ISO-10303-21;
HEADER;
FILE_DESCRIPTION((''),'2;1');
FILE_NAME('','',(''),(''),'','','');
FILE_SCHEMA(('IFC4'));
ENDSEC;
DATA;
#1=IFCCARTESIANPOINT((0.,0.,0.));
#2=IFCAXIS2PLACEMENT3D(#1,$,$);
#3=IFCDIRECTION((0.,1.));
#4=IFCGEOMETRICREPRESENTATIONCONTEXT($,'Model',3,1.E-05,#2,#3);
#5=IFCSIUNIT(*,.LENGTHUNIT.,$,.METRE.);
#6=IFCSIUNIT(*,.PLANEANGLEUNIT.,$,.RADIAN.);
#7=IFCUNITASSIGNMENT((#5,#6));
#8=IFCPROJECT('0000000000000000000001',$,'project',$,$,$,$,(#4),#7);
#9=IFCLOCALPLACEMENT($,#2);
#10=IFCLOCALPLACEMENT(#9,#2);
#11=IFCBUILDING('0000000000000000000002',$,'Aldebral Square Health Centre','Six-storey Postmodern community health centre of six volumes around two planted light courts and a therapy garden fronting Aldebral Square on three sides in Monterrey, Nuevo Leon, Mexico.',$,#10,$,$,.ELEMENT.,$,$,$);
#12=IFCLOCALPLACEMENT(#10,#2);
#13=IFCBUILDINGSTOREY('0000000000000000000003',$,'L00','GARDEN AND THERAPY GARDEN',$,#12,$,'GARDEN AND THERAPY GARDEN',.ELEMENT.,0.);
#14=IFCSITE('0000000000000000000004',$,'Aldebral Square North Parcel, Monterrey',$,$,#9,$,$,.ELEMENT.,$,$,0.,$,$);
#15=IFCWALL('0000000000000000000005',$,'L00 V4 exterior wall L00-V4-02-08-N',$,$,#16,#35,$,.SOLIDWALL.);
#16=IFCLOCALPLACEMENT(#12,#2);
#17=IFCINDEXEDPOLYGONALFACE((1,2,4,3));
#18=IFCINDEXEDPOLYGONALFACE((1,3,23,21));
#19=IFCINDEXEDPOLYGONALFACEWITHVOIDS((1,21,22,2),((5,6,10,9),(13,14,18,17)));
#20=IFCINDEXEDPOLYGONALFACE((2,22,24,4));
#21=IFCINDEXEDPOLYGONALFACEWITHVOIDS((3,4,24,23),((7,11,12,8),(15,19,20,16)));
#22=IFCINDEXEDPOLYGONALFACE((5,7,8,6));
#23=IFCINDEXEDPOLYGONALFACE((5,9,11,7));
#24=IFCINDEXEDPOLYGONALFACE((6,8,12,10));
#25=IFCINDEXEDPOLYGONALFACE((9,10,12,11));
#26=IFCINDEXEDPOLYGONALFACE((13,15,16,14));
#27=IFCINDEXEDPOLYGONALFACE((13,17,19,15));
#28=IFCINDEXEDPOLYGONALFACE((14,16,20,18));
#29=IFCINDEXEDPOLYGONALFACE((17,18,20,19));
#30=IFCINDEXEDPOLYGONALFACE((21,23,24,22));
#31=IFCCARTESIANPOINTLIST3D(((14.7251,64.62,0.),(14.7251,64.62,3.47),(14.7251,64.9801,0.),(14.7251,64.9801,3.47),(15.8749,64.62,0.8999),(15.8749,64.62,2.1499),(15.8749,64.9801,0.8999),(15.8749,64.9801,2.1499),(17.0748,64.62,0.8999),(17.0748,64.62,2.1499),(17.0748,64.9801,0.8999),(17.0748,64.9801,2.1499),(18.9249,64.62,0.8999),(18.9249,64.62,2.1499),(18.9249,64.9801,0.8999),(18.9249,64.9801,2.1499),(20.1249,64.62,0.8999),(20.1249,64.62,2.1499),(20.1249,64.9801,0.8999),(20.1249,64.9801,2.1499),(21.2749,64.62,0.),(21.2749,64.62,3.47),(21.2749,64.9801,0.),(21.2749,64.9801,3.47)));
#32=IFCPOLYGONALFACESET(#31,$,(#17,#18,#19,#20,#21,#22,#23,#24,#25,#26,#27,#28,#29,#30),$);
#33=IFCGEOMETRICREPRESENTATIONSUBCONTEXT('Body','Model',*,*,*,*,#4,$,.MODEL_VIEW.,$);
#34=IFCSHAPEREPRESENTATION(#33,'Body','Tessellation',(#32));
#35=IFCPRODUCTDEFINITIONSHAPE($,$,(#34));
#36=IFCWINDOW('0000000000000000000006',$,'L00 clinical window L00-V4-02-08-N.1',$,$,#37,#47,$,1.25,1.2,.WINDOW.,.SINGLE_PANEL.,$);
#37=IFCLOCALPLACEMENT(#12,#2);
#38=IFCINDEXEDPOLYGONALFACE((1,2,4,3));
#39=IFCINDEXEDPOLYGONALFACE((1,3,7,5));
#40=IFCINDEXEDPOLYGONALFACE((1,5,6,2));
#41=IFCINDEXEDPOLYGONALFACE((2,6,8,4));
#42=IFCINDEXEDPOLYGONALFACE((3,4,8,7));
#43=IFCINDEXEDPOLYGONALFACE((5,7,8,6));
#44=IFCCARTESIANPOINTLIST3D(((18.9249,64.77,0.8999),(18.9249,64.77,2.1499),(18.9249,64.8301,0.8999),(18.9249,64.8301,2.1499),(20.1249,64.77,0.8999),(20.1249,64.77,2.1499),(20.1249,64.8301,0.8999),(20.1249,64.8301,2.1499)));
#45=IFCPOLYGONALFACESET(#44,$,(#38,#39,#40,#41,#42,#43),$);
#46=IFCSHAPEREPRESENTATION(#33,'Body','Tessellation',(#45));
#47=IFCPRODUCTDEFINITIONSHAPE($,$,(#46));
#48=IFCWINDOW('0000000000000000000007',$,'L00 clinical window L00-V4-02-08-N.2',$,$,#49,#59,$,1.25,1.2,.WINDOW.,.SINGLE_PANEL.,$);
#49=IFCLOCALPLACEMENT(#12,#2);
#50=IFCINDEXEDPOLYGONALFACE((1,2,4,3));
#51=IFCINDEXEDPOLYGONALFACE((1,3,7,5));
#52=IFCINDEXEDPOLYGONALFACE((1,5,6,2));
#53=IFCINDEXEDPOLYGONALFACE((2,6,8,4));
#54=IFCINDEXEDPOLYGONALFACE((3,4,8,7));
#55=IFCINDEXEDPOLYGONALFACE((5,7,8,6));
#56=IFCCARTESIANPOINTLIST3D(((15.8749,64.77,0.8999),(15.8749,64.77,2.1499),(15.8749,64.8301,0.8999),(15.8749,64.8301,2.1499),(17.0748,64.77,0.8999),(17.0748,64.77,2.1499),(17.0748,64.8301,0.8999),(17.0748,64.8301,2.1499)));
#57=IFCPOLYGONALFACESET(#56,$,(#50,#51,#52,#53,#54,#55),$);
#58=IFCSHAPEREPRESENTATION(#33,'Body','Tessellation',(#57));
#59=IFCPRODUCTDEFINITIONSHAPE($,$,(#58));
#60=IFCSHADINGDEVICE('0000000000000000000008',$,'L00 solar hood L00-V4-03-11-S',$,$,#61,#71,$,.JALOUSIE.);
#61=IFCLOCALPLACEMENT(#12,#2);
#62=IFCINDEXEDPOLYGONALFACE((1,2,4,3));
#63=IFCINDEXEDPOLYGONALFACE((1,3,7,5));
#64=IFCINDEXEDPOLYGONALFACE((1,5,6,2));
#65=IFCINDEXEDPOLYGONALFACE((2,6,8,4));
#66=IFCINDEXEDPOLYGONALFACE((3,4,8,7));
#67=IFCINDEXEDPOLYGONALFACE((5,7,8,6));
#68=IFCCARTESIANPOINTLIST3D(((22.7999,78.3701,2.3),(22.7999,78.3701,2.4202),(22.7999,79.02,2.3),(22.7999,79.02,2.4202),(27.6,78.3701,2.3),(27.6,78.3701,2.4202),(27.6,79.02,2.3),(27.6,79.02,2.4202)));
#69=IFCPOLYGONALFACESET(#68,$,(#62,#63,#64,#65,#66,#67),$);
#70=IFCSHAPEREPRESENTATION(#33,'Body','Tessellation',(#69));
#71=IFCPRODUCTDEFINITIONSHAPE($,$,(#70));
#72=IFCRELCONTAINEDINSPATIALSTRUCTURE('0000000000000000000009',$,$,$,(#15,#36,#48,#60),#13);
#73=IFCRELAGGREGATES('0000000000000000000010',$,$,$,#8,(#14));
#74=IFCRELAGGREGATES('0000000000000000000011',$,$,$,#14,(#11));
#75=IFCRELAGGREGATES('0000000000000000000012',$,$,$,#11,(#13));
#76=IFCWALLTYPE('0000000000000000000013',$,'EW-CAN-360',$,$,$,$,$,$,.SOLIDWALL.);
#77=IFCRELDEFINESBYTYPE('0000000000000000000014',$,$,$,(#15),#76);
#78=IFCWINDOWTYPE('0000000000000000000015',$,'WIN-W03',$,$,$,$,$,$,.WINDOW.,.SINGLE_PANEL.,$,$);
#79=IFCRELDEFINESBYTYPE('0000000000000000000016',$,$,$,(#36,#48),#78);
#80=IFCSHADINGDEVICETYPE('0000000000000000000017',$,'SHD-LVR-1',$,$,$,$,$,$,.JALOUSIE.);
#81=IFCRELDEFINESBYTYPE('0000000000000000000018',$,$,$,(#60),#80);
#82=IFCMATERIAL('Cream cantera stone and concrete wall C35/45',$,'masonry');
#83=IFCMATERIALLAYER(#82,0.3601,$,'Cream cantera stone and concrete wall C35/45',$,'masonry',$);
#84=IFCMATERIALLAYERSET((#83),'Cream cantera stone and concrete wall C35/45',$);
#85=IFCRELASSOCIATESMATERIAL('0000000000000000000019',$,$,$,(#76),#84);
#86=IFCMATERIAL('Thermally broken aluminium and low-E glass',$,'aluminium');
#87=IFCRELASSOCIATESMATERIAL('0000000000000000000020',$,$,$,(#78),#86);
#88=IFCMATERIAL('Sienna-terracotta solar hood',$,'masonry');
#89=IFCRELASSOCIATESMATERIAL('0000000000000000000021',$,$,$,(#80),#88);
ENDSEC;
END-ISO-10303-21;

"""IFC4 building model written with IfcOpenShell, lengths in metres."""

from ifc_helpers import new_model, si_unit, direction, frame, frame_2d, origin, origin_2d, place, context, subcontext, project, spatial, rectangle, extrude, material, layer, layer_set, type_object, element, fill, save


model = new_model("IFC4")

# Units and contexts
model_context = context("Model", 3, precision=1e-05, world=origin(), true_north=direction((0.0, 1.0)))
body_context = subcontext(model_context, "Body", "Model", "MODEL_VIEW")
ifc_project = project(units=[si_unit("LENGTHUNIT", "METRE"), si_unit("PLANEANGLEUNIT", "RADIAN")], contexts=[model_context])

# Site, building, storey
site_placement = place(None, origin())
site = spatial("IfcSite", under=ifc_project, at=site_placement, Name="Aldebral Square North Parcel, Monterrey", CompositionType="ELEMENT", RefElevation=0.0)
building_placement = place(site_placement, origin())
building = spatial("IfcBuilding", under=site, at=building_placement, Name="Aldebral Square Health Centre", Description="Six-storey Postmodern community health centre of six volumes around two planted light courts and a therapy garden fronting Aldebral Square on three sides in Monterrey, Nuevo Leon, Mexico.", CompositionType="ELEMENT")
storey_placement = place(building_placement, origin())
storey = spatial("IfcBuildingStorey", under=building, at=storey_placement, Name="L00", Description="GARDEN AND THERAPY GARDEN", LongName="GARDEN AND THERAPY GARDEN", CompositionType="ELEMENT", Elevation=0.0)

# Wall, openings, windows
ifc_material_1 = material(Name="Cream cantera stone and concrete wall C35/45", Category="masonry")
ifc_layer_1 = layer(ifc_material_1, 0.3601, Name="Cream cantera stone and concrete wall C35/45", Category="masonry")
ifc_layer_set_1 = layer_set([ifc_layer_1], Name="Cream cantera stone and concrete wall C35/45")
wall_type = type_object("IfcWallType", Name="EW-CAN-360", PredefinedType="SOLIDWALL", material=ifc_layer_set_1)
wall_placement = place(storey_placement, frame((21.2749, 64.8, 0.0), z_axis=(0.0, 0.0, 1.0), x_axis=(-1.0, 0.0, 0.0)))
wall = element("IfcWall", 1, at=wall_placement, inside=storey, type_object=wall_type, Name="L00 V4 exterior wall L00-V4-02-08-N", PredefinedType="SOLIDWALL", context=body_context, shape_type="SweptSolid", body=[
    extrude(rectangle(XDim=6.5498, YDim=0.3601, at=frame_2d((3.2749, 0.0))), origin(), (0.0, 0.0, 1.0), 3.47),
])
opening_1_placement = place(wall_placement, frame((1.1499, 0.0, 0.8999)))
opening_1 = element("IfcOpeningElement", 2, at=opening_1_placement, cuts=wall, PredefinedType="OPENING", context=body_context, shape_type="SweptSolid", body=[
    extrude(rectangle(XDim=1.2, YDim=1.25, at=frame_2d((0.6001, 0.625))), frame((0.0, 0.1899, 0.0), z_axis=(0.0, -1.0, 0.0), x_axis=(1.0, 0.0, 0.0)), (0.0, 0.0, 1.0), 0.3801),
])
opening_2_placement = place(wall_placement, frame((4.2, 0.0, 0.8999)))
opening_2 = element("IfcOpeningElement", 3, at=opening_2_placement, cuts=wall, PredefinedType="OPENING", context=body_context, shape_type="SweptSolid", body=[
    extrude(rectangle(XDim=1.2, YDim=1.25, at=frame_2d((0.6001, 0.625))), frame((0.0, 0.1899, 0.0), z_axis=(0.0, -1.0, 0.0), x_axis=(1.0, 0.0, 0.0)), (0.0, 0.0, 1.0), 0.3801),
])
ifc_material_2 = material(Name="Thermally broken aluminium and low-E glass", Category="aluminium")
window_type = type_object("IfcWindowType", Name="WIN-W03", PartitioningType="SINGLE_PANEL", PredefinedType="WINDOW", material=ifc_material_2)
window_1_placement = place(opening_1_placement, origin())
window_1 = element("IfcWindow", 4, at=window_1_placement, inside=storey, type_object=window_type, Name="L00 clinical window L00-V4-02-08-N.1", OverallHeight=1.25, OverallWidth=1.2, PartitioningType="SINGLE_PANEL", PredefinedType="WINDOW", context=body_context, shape_type="SweptSolid", body=[
    extrude(rectangle(XDim=1.2, YDim=1.25, at=frame_2d((0.6001, 0.625))), frame((0.0, 0.03, 0.0), z_axis=(0.0, -1.0, 0.0), x_axis=(1.0, 0.0, 0.0)), (0.0, 0.0, 1.0), 0.0601),
])
fill(opening_1, window_1)
window_2_placement = place(opening_2_placement, origin())
window_2 = element("IfcWindow", 5, at=window_2_placement, inside=storey, type_object=window_type, Name="L00 clinical window L00-V4-02-08-N.2", OverallHeight=1.25, OverallWidth=1.2, PartitioningType="SINGLE_PANEL", PredefinedType="WINDOW", context=body_context, shape_type="SweptSolid", body=[
    extrude(rectangle(XDim=1.2, YDim=1.25, at=frame_2d((0.6001, 0.625))), frame((0.0, 0.03, 0.0), z_axis=(0.0, -1.0, 0.0), x_axis=(1.0, 0.0, 0.0)), (0.0, 0.0, 1.0), 0.0601),
])
fill(opening_2, window_2)

# Shading device
ifc_material_3 = material(Name="Sienna-terracotta solar hood", Category="masonry")
shading_device_type = type_object("IfcShadingDeviceType", Name="SHD-LVR-1", PredefinedType="JALOUSIE", material=ifc_material_3)
shading_device_placement = place(storey_placement, frame((25.2, 78.6951, 2.3), z_axis=(0.0, 0.0, 1.0), x_axis=(1.0, 0.0, 0.0)))
element("IfcShadingDevice", 6, at=shading_device_placement, inside=storey, type_object=shading_device_type, Name="L00 solar hood L00-V4-03-11-S", PredefinedType="JALOUSIE", context=body_context, shape_type="SweptSolid", body=[
    extrude(rectangle(XDim=4.8, YDim=0.6499, at=origin_2d()), origin(), (0.0, 0.0, 1.0), 0.1201),
])

save(model, "model.ifc")
